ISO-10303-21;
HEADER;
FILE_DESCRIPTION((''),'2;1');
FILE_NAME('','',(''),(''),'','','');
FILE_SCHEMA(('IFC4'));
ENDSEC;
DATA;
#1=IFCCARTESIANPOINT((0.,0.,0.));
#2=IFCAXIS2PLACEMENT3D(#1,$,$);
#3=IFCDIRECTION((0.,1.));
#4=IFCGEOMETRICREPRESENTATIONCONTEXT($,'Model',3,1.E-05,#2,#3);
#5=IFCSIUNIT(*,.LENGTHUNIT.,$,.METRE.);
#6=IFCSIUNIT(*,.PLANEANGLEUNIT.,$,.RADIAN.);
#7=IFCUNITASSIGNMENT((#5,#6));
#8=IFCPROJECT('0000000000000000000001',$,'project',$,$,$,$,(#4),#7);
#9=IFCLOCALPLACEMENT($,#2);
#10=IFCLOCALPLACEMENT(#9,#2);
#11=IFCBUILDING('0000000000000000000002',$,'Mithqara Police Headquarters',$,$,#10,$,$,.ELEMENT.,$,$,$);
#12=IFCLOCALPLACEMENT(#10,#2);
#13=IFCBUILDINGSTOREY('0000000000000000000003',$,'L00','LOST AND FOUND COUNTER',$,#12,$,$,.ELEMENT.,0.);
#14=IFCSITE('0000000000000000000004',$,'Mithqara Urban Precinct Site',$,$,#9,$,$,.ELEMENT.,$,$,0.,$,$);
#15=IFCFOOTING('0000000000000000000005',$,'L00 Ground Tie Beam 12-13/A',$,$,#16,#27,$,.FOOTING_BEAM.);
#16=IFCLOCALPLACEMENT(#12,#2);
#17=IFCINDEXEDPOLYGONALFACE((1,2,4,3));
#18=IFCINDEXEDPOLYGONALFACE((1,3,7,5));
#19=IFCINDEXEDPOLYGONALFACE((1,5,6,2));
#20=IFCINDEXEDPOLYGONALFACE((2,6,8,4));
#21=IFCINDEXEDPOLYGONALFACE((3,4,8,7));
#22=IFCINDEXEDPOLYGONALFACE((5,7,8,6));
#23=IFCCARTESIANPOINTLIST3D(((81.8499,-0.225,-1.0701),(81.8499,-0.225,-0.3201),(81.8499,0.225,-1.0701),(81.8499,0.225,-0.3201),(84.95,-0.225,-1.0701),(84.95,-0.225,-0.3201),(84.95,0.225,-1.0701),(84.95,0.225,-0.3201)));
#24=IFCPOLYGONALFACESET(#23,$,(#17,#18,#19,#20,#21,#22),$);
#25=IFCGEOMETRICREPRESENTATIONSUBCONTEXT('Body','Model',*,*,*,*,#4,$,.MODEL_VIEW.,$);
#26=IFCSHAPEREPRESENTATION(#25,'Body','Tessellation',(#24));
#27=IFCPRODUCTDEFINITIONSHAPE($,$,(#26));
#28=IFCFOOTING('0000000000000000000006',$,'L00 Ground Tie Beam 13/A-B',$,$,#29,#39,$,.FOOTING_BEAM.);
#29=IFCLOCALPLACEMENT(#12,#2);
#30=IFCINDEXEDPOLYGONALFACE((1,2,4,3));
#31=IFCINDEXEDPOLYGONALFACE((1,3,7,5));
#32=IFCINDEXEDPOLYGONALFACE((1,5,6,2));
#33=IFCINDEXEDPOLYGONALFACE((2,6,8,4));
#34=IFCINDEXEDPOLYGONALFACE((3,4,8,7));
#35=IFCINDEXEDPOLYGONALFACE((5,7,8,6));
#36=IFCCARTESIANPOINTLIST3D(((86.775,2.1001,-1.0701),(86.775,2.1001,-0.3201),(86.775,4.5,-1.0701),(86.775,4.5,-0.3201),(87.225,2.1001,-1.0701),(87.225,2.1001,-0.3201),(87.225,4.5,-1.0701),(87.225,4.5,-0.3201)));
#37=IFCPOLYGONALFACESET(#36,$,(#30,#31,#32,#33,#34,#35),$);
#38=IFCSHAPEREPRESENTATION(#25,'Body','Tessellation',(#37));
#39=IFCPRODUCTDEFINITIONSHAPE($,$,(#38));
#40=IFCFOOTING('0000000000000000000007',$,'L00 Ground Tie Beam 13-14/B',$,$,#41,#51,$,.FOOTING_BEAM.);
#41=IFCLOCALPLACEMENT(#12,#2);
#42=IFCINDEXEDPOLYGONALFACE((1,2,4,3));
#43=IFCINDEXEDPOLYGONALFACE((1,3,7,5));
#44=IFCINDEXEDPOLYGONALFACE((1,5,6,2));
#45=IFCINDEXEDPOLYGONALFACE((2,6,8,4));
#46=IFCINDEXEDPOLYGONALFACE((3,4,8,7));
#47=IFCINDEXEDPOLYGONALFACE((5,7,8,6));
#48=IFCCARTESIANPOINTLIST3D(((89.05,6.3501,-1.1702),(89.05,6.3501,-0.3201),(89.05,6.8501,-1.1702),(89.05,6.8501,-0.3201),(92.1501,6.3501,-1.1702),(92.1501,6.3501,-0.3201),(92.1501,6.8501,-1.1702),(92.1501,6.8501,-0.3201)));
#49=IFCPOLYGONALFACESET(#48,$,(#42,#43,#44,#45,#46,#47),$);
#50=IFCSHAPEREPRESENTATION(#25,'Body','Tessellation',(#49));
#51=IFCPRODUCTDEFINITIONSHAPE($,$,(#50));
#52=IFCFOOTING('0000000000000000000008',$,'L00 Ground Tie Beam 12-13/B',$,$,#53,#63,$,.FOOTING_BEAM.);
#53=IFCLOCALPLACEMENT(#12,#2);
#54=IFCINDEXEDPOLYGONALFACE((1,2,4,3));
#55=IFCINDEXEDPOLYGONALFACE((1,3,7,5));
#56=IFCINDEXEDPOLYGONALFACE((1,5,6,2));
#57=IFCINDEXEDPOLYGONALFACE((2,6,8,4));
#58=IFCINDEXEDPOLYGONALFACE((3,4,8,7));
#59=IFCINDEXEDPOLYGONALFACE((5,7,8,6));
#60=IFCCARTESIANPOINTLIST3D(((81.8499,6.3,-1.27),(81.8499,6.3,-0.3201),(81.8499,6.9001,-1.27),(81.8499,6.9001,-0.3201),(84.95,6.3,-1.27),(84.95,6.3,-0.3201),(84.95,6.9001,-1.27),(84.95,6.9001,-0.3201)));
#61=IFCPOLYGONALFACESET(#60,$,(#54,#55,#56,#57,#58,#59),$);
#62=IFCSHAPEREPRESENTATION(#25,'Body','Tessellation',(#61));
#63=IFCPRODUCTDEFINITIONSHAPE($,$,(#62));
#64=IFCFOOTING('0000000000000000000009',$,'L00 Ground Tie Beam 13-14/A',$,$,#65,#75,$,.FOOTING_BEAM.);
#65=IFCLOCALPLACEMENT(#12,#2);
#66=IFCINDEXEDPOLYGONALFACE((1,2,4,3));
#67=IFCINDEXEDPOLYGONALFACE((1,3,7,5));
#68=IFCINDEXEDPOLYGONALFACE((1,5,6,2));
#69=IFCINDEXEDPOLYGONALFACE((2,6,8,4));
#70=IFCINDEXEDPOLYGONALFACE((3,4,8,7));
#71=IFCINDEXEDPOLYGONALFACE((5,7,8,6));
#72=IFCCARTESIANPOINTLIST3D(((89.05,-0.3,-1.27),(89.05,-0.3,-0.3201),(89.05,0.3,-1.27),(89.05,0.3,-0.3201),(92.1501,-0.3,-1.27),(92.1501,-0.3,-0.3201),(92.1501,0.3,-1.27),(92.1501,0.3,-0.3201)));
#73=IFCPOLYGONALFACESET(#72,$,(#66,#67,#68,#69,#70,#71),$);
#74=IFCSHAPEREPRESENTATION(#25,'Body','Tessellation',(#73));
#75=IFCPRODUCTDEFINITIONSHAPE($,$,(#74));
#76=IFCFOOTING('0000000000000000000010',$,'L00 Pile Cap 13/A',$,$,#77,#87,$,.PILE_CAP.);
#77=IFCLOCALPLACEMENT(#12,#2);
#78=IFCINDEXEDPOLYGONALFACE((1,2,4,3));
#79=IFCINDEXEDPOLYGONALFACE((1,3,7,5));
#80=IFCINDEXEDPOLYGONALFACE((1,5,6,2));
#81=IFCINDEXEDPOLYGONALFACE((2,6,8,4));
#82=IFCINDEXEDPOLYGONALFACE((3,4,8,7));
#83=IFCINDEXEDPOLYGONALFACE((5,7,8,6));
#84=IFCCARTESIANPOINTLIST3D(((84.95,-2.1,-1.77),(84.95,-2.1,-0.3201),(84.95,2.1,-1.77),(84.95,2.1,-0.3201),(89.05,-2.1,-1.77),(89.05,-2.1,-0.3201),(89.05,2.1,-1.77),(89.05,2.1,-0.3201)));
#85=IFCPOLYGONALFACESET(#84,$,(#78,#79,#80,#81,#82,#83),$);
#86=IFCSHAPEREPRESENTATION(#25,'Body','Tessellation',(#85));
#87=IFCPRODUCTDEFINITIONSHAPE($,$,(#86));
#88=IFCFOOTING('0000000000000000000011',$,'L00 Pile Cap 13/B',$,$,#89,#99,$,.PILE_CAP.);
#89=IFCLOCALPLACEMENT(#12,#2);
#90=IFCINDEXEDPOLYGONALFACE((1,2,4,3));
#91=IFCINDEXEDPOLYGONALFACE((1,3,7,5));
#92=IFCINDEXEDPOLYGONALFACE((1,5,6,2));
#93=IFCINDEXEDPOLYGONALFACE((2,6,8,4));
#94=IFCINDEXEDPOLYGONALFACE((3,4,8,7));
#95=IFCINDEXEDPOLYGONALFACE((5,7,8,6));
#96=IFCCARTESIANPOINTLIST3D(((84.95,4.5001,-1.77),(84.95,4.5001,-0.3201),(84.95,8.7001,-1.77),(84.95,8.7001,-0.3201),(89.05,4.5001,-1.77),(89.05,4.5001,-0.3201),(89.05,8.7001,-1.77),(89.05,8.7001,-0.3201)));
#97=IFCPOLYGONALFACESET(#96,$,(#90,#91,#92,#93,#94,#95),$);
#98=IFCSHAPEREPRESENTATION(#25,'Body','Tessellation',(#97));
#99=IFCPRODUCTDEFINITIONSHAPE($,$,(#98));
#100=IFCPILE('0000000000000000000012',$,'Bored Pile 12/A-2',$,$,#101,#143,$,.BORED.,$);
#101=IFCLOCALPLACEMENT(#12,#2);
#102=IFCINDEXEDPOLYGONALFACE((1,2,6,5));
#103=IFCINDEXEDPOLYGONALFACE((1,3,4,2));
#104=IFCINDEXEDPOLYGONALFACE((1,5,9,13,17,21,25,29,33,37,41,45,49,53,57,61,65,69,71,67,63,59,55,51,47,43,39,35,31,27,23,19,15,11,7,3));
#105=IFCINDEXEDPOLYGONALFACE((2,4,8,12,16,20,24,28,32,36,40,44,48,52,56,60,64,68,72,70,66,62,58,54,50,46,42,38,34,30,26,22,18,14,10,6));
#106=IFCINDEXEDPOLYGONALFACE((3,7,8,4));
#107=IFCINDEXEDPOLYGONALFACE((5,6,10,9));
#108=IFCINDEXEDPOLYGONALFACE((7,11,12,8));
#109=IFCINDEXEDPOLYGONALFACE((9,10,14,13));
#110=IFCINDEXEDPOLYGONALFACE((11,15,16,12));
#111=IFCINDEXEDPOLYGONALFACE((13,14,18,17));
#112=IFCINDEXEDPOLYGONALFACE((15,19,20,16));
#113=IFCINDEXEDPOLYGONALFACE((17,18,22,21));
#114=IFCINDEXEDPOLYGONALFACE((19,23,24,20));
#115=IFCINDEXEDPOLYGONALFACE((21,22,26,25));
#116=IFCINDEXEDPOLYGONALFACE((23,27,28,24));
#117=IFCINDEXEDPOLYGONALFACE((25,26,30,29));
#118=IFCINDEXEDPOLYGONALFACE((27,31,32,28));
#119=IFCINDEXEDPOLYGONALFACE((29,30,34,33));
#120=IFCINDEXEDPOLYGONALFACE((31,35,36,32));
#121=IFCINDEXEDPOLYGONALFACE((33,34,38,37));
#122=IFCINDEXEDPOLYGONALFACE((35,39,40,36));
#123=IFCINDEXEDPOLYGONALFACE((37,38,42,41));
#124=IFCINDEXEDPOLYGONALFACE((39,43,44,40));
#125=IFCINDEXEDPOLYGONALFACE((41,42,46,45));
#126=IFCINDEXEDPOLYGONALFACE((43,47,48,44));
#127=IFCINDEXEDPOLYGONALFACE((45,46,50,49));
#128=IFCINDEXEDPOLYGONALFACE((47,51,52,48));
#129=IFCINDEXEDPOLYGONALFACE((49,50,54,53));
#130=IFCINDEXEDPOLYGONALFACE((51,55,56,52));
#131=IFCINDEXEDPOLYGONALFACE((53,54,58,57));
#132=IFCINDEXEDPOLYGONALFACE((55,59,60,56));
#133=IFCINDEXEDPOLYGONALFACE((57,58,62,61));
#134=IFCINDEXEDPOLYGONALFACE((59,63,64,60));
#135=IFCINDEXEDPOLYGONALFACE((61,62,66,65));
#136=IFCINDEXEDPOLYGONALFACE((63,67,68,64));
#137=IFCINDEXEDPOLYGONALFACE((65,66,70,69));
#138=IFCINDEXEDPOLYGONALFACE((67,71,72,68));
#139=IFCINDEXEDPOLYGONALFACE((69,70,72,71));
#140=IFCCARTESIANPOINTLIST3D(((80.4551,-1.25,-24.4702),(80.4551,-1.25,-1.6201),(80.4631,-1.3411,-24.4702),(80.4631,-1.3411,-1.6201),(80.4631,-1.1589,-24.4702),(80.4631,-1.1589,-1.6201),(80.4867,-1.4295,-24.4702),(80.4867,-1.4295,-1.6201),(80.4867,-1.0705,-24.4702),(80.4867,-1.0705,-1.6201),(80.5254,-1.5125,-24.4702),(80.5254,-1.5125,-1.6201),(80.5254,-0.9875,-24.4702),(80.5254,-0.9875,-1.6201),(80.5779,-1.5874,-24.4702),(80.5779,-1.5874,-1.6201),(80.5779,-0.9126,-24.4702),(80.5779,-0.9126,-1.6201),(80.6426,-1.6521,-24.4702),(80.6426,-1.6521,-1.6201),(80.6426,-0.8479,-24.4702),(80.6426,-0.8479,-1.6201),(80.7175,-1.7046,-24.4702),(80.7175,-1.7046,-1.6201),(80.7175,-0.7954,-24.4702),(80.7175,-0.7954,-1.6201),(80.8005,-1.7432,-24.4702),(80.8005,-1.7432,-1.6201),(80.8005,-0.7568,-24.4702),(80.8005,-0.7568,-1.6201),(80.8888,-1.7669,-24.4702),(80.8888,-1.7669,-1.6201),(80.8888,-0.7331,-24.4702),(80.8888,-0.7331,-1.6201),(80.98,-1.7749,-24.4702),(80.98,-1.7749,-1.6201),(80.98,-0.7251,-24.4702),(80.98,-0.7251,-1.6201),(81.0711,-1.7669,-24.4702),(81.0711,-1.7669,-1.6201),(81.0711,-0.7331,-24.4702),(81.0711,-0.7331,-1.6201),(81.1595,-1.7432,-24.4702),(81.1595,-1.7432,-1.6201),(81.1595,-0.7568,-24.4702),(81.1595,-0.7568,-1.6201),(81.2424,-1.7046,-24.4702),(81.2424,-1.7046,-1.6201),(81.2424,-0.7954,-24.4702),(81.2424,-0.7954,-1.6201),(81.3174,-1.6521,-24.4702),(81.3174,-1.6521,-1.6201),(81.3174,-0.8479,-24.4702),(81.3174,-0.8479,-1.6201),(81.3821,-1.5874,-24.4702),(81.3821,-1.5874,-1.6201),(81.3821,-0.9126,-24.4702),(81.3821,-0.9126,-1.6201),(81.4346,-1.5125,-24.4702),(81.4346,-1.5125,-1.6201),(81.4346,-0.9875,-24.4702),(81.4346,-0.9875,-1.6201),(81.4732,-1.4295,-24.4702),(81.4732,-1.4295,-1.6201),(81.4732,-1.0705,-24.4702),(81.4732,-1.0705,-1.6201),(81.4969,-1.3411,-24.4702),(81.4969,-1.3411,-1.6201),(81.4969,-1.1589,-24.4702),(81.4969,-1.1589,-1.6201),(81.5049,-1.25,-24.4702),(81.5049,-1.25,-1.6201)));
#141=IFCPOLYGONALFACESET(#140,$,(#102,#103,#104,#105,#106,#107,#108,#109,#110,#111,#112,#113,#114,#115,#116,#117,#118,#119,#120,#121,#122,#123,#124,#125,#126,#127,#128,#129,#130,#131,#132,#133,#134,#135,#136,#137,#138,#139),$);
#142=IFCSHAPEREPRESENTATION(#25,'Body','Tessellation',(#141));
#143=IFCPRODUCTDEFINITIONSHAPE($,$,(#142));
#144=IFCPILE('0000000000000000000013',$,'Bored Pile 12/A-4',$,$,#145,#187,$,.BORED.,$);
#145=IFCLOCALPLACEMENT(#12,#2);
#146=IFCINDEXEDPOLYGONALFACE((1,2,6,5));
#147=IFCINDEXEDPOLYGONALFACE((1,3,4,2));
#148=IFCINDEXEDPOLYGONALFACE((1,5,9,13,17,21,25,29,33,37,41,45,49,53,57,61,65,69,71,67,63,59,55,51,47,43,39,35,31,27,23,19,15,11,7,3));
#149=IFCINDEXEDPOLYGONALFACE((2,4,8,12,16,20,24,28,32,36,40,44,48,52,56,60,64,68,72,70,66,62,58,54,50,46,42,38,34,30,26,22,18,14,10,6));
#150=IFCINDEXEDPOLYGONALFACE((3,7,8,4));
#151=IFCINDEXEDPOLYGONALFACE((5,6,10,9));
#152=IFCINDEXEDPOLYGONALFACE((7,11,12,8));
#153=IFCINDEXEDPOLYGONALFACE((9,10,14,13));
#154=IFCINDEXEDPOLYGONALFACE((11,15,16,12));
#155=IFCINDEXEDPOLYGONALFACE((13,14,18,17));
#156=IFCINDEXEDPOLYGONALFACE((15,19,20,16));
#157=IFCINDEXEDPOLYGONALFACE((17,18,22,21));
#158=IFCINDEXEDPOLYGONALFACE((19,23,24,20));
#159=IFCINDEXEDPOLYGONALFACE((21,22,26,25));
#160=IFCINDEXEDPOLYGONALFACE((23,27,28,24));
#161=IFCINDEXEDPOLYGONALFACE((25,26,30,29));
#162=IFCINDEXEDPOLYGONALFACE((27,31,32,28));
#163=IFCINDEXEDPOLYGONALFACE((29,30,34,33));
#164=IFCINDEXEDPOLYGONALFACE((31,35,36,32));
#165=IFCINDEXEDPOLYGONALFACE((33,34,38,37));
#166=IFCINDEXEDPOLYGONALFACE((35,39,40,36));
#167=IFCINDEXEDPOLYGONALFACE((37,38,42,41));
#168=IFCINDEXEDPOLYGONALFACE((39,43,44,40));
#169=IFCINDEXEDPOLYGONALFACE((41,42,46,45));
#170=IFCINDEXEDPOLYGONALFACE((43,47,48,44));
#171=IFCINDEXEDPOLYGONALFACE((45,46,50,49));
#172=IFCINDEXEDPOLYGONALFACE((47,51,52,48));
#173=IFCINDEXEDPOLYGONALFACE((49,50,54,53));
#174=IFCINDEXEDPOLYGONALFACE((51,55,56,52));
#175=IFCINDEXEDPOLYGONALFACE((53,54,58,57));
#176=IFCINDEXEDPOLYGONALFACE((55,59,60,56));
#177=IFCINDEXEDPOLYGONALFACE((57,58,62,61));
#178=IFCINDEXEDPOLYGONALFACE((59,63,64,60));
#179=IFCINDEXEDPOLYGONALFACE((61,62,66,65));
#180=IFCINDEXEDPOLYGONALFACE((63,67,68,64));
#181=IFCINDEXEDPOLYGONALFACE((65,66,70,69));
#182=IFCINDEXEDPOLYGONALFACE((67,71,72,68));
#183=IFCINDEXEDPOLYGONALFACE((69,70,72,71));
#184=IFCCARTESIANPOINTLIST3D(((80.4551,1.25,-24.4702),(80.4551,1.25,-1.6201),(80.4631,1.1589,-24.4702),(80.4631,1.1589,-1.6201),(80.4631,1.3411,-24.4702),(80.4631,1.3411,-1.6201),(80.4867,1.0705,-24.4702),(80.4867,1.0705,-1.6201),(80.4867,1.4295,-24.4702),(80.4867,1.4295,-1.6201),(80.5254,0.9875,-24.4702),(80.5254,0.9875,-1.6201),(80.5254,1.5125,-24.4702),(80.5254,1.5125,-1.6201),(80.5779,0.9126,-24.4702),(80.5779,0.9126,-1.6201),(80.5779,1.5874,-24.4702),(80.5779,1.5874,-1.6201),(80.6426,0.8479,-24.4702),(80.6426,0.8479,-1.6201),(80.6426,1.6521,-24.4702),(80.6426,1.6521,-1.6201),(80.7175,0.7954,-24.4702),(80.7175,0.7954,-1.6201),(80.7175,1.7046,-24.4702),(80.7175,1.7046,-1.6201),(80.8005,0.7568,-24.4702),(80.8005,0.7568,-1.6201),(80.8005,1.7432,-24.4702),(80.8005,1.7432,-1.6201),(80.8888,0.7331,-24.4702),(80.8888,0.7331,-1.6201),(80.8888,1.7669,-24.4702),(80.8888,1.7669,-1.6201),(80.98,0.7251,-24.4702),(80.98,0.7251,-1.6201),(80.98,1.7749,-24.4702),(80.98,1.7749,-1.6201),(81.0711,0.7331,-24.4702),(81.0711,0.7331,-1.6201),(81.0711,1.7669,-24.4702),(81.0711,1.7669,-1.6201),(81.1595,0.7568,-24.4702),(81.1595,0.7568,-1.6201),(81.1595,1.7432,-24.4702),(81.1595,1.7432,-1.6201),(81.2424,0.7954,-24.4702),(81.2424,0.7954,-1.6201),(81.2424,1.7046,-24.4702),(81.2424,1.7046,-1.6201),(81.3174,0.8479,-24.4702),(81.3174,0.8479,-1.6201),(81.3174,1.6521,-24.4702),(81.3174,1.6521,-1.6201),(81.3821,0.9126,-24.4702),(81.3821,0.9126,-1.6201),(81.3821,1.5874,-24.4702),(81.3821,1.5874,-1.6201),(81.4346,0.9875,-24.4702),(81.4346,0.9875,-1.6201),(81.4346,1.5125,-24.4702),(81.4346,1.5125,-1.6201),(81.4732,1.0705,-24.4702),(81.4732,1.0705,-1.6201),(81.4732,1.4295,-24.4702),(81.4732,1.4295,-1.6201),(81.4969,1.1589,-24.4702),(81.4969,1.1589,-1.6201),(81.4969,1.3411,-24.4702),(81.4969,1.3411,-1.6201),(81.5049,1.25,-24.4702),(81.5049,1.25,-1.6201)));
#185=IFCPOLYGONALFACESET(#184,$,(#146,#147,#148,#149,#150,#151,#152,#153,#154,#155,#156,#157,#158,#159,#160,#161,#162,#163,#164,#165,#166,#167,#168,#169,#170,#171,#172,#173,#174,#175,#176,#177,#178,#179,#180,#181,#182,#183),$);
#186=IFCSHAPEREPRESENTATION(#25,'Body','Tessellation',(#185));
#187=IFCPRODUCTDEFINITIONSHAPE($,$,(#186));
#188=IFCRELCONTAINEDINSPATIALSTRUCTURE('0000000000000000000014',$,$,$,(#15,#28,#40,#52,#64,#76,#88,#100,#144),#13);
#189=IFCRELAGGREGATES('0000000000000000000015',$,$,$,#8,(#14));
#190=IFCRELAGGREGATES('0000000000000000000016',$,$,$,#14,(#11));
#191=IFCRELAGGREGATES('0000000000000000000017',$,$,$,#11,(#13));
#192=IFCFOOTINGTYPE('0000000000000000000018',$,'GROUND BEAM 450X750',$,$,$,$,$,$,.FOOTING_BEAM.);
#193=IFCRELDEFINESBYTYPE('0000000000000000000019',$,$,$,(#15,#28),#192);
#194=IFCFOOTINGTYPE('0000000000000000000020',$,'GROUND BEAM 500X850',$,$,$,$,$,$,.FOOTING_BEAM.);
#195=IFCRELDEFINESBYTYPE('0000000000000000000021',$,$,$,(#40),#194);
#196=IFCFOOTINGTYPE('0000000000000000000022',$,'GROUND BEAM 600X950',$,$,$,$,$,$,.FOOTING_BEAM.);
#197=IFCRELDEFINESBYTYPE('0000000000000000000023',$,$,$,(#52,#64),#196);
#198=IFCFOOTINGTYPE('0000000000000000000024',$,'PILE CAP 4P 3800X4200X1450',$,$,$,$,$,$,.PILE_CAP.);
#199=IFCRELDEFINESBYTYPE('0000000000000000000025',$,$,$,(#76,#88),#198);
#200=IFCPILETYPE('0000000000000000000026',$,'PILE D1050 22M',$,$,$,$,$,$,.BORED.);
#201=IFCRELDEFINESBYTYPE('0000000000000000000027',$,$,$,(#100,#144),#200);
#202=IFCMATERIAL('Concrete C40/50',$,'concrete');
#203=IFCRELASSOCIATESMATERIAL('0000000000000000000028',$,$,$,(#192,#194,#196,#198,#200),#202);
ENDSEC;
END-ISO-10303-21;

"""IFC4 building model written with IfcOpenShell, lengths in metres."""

from ifc_helpers import new_model, si_unit, direction, frame, origin, origin_2d, place, context, subcontext, project, spatial, rectangle, circle, extrude, material, material_profile, profile_set, type_object, element, save


model = new_model("IFC4")

# Units and contexts
model_context = context("Model", 3, precision=1e-05, world=origin(), true_north=direction((0.0, 1.0)))
body_context = subcontext(model_context, "Body", "Model", "MODEL_VIEW")
ifc_project = project(units=[si_unit("LENGTHUNIT", "METRE"), si_unit("PLANEANGLEUNIT", "RADIAN")], contexts=[model_context])

# Site, building, storey
site_placement = place(None, origin())
site = spatial("IfcSite", under=ifc_project, at=site_placement, Name="Mithqara Urban Precinct Site", CompositionType="ELEMENT", RefElevation=0.0)
building_placement = place(site_placement, origin())
building = spatial("IfcBuilding", under=site, at=building_placement, Name="Mithqara Police Headquarters", CompositionType="ELEMENT")
storey_placement = place(building_placement, origin())
storey = spatial("IfcBuildingStorey", under=building, at=storey_placement, Name="L00", Description="LOST AND FOUND COUNTER", CompositionType="ELEMENT", Elevation=0.0)

# Footings
ifc_material_1 = material(Name="Concrete C40/50", Category="concrete")
footing_type_1 = type_object("IfcFootingType", Name="GROUND BEAM 450X750", PredefinedType="FOOTING_BEAM", material=ifc_material_1)
footing_1_placement = place(storey_placement, frame((83.3999, 0.0, -1.0701), z_axis=(0.0, 0.0, 1.0), x_axis=(1.0, 0.0, 0.0)))
element("IfcFooting", 1, at=footing_1_placement, inside=storey, type_object=footing_type_1, Name="L00 Ground Tie Beam 12-13/A", PredefinedType="FOOTING_BEAM", context=body_context, shape_type="SweptSolid", body=[
    extrude(rectangle(XDim=3.1001, YDim=0.45, at=origin_2d()), origin(), (0.0, 0.0, 1.0), 0.75),
])
footing_2_placement = place(storey_placement, frame((87.0, 3.3, -1.0701), z_axis=(0.0, 0.0, 1.0), x_axis=(1.0, 0.0, 0.0)))
element("IfcFooting", 2, at=footing_2_placement, inside=storey, type_object=footing_type_1, Name="L00 Ground Tie Beam 13/A-B", PredefinedType="FOOTING_BEAM", context=body_context, shape_type="SweptSolid", body=[
    extrude(rectangle(XDim=0.45, YDim=2.3999, at=origin_2d()), origin(), (0.0, 0.0, 1.0), 0.75),
])
footing_type_2 = type_object("IfcFootingType", Name="GROUND BEAM 500X850", PredefinedType="FOOTING_BEAM", material=ifc_material_1)
footing_3_placement = place(storey_placement, frame((90.6001, 6.6001, -1.1702), z_axis=(0.0, 0.0, 1.0), x_axis=(1.0, 0.0, 0.0)))
element("IfcFooting", 3, at=footing_3_placement, inside=storey, type_object=footing_type_2, Name="L00 Ground Tie Beam 13-14/B", PredefinedType="FOOTING_BEAM", context=body_context, shape_type="SweptSolid", body=[
    extrude(rectangle(XDim=3.1001, YDim=0.5, at=origin_2d()), origin(), (0.0, 0.0, 1.0), 0.8501),
])
footing_type_3 = type_object("IfcFootingType", Name="GROUND BEAM 600X950", PredefinedType="FOOTING_BEAM", material=ifc_material_1)
for number, where, z_axis, x_axis, name in (
    (4, (83.3999, 6.6001, -1.27), (0.0, 0.0, 1.0), (1.0, 0.0, 0.0), "L00 Ground Tie Beam 12-13/B"),
    (5, (90.6001, 0.0, -1.27), (0.0, 0.0, 1.0), (1.0, 0.0, 0.0), "L00 Ground Tie Beam 13-14/A"),
):
    element("IfcFooting", number, at=place(storey_placement, frame(where, z_axis=z_axis, x_axis=x_axis)), inside=storey, type_object=footing_type_3, Name=name, PredefinedType="FOOTING_BEAM", context=body_context, shape_type="SweptSolid", body=[
        extrude(rectangle(XDim=3.1001, YDim=0.6001, at=origin_2d()), origin(), (0.0, 0.0, 1.0), 0.95),
    ])
footing_type_4 = type_object("IfcFootingType", Name="PILE CAP 4P 3800X4200X1450", PredefinedType="PILE_CAP", material=ifc_material_1)
for number, where, z_axis, x_axis, name in (
    (6, (87.0, 0.0, -1.77), (0.0, 0.0, 1.0), (1.0, 0.0, 0.0), "L00 Pile Cap 13/A"),
    (7, (87.0, 6.6001, -1.77), (0.0, 0.0, 1.0), (1.0, 0.0, 0.0), "L00 Pile Cap 13/B"),
):
    element("IfcFooting", number, at=place(storey_placement, frame(where, z_axis=z_axis, x_axis=x_axis)), inside=storey, type_object=footing_type_4, Name=name, PredefinedType="PILE_CAP", context=body_context, shape_type="SweptSolid", body=[
        extrude(rectangle(XDim=4.1001, YDim=4.2, at=origin_2d()), origin(), (0.0, 0.0, 1.0), 1.45),
    ])

# Piles
ifc_material_profile_1 = material_profile(ifc_material_1, circle(Radius=0.5249, at=origin_2d()), Name="PILE D1050")
ifc_profile_set_1 = profile_set([ifc_material_profile_1], Name="Concrete C40/50")
pile_type = type_object("IfcPileType", Name="PILE D1050 22M", PredefinedType="BORED", material=ifc_profile_set_1)
for number, where, z_axis, x_axis, name in (
    (8, (80.98, -1.25, -1.6201), (0.0, 0.0, -1.0), (1.0, 0.0, 0.0), "Bored Pile 12/A-2"),
    (9, (80.98, 1.25, -1.6201), (0.0, 0.0, -1.0), (1.0, 0.0, 0.0), "Bored Pile 12/A-4"),
):
    element("IfcPile", number, at=place(storey_placement, frame(where, z_axis=z_axis, x_axis=x_axis)), inside=storey, type_object=pile_type, Name=name, PredefinedType="BORED", context=body_context, shape_type="SweptSolid", body=[
        extrude(circle(Radius=0.5249, at=origin_2d()), origin(), (0.0, 0.0, 1.0), 22.8501),
    ])

save(model, "model.ifc")
